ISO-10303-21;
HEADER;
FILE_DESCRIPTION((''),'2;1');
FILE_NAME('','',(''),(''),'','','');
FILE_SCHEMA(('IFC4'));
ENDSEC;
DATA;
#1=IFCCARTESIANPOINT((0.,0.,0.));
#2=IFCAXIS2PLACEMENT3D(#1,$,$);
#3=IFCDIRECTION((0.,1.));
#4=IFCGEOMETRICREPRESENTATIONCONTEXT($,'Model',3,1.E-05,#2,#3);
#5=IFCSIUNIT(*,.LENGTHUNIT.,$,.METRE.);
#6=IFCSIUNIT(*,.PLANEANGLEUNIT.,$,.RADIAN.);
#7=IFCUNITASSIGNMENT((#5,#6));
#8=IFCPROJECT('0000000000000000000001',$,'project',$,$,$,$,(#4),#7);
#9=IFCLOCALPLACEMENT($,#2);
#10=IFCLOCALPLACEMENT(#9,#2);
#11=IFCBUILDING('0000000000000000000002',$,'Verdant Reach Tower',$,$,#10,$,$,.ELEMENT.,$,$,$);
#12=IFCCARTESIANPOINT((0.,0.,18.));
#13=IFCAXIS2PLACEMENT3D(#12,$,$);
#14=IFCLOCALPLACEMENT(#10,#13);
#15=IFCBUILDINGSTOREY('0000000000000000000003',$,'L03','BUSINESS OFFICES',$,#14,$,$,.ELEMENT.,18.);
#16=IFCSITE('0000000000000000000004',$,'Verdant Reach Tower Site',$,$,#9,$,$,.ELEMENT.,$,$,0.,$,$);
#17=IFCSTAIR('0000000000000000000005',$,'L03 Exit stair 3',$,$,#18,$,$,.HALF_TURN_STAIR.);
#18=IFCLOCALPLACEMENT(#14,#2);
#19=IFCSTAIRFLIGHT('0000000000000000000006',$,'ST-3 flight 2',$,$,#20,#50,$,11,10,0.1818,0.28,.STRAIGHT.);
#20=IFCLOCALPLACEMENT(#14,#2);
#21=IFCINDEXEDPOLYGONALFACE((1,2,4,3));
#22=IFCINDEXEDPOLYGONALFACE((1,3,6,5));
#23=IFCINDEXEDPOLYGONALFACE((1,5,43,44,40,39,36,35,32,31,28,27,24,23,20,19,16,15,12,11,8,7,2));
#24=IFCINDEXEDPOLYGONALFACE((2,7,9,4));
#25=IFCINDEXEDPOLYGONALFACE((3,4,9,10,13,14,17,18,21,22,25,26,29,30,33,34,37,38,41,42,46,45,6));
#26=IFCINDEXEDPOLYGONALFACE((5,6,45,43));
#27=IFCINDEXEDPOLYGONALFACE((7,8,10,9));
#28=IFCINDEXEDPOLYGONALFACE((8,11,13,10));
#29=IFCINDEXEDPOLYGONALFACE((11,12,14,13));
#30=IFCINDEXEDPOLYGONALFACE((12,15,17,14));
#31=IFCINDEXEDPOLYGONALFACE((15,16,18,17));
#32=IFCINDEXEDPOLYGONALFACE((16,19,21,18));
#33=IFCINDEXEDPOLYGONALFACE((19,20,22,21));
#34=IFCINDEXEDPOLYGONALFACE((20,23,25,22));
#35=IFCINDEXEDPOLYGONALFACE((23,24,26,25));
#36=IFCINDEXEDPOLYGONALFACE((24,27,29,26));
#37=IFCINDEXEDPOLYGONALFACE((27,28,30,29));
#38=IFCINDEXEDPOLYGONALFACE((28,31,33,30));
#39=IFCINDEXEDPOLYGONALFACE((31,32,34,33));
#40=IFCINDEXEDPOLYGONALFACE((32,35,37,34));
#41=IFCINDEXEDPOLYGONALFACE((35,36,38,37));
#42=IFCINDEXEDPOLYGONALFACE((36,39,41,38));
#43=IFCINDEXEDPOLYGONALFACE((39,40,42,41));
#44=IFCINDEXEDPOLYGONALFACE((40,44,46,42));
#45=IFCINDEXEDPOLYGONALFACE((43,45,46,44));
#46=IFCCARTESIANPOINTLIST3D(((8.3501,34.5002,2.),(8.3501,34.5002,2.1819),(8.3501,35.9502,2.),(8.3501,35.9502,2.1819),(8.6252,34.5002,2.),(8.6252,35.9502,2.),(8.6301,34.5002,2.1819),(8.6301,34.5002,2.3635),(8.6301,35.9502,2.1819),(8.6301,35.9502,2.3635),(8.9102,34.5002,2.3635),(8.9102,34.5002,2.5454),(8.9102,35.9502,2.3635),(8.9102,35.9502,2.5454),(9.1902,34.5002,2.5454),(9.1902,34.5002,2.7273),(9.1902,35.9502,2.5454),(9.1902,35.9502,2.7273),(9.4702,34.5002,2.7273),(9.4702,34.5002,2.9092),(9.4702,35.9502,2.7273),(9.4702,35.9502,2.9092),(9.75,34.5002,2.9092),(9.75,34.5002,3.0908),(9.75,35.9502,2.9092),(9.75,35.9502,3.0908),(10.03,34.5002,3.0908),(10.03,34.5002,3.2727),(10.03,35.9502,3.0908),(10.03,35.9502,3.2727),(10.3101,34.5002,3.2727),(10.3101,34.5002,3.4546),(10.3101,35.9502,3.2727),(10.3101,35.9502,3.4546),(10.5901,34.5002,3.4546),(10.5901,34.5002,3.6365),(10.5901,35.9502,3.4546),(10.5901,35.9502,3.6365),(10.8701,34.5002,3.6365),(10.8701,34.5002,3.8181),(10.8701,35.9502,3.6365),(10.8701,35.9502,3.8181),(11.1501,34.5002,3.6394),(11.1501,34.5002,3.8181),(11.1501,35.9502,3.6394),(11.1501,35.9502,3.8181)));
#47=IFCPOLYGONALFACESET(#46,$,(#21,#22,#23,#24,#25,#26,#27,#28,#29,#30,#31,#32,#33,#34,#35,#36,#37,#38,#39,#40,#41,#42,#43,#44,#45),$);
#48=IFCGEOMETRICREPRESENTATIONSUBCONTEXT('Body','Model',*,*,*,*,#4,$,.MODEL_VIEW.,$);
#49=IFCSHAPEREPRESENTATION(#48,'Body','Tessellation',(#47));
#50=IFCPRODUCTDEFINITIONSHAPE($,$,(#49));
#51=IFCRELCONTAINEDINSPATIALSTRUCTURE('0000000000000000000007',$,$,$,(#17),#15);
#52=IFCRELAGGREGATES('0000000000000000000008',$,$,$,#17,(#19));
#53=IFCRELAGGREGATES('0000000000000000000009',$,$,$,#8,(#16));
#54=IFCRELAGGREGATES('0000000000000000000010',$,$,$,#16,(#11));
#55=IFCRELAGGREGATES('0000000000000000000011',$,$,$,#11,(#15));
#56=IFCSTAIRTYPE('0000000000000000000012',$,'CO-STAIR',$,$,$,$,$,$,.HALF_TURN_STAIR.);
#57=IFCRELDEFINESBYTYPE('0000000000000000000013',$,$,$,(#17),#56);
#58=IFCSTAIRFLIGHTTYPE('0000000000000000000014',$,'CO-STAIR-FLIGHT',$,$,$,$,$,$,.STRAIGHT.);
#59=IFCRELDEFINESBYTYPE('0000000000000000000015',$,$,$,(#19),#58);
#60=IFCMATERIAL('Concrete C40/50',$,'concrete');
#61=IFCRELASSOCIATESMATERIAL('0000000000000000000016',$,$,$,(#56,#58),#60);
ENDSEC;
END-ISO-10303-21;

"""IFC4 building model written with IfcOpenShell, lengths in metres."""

from ifc_helpers import new_model, si_unit, direction, frame, origin, place, context, subcontext, project, spatial, polyline, outline, extrude, material, type_object, element, aggregate, save


model = new_model("IFC4")

# Units and contexts
model_context = context("Model", 3, precision=1e-05, world=origin(), true_north=direction((0.0, 1.0)))
body_context = subcontext(model_context, "Body", "Model", "MODEL_VIEW")
ifc_project = project(units=[si_unit("LENGTHUNIT", "METRE"), si_unit("PLANEANGLEUNIT", "RADIAN")], contexts=[model_context])

# Site, building, storey
site_placement = place(None, origin())
site = spatial("IfcSite", under=ifc_project, at=site_placement, Name="Verdant Reach Tower Site", CompositionType="ELEMENT", RefElevation=0.0)
building_placement = place(site_placement, origin())
building = spatial("IfcBuilding", under=site, at=building_placement, Name="Verdant Reach Tower", CompositionType="ELEMENT")
storey_placement = place(building_placement, frame((0.0, 0.0, 18.0)))
storey = spatial("IfcBuildingStorey", under=building, at=storey_placement, Name="L03", Description="BUSINESS OFFICES", CompositionType="ELEMENT", Elevation=18.0)

# Shared definitions
ifc_material_1 = material(Name="Concrete C40/50", Category="concrete")

# Stair, stair flight
stair_type = type_object("IfcStairType", Name="CO-STAIR", PredefinedType="HALF_TURN_STAIR", material=ifc_material_1)
stair_flight_type = type_object("IfcStairFlightType", Name="CO-STAIR-FLIGHT", PredefinedType="STRAIGHT", material=ifc_material_1)
stair_1_placement = place(storey_placement, origin())
stair_1 = element("IfcStair", 1, at=stair_1_placement, inside=storey, type_object=stair_type, Name="L03 Exit stair 3", PredefinedType="HALF_TURN_STAIR")
stair_flight_1_placement = place(storey_placement, frame((8.3501, 35.2251, 2.0), z_axis=(0.0, 0.0, 1.0), x_axis=(1.0, 0.0, 0.0)))
stair_flight_1 = element("IfcStairFlight", 2, at=stair_flight_1_placement, type_object=stair_flight_type, Name="ST-3 flight 2", NumberOfRisers=11, NumberOfTreads=10, PredefinedType="STRAIGHT", RiserHeight=0.1818, TreadLength=0.28, context=body_context, shape_type="SweptSolid", body=[
    extrude(outline(polyline([(0.0, 0.0), (0.0, 0.1819), (0.28, 0.1819), (0.28, 0.3635), (0.5601, 0.3635), (0.5601, 0.5454), (0.8401, 0.5454), (0.8401, 0.7273), (1.1201, 0.7273), (1.1201, 0.9092), (1.3999, 0.9092), (1.3999, 1.0908), (1.6799, 1.0908), (1.6799, 1.2727), (1.96, 1.2727), (1.96, 1.4546), (2.24, 1.4546), (2.24, 1.6365), (2.52, 1.6365), (2.52, 1.8181), (2.8, 1.8181), (2.8, 2.0), (2.8, 1.6394), (0.2751, 0.0), (0.0, 0.0)])), frame((0.0, 0.7251, 0.0), z_axis=(0.0, -1.0, 0.0), x_axis=(1.0, 0.0, 0.0)), (0.0, 0.0, 1.0), 1.45),
])
aggregate(stair_1, [stair_flight_1])

save(model, "model.ifc")
